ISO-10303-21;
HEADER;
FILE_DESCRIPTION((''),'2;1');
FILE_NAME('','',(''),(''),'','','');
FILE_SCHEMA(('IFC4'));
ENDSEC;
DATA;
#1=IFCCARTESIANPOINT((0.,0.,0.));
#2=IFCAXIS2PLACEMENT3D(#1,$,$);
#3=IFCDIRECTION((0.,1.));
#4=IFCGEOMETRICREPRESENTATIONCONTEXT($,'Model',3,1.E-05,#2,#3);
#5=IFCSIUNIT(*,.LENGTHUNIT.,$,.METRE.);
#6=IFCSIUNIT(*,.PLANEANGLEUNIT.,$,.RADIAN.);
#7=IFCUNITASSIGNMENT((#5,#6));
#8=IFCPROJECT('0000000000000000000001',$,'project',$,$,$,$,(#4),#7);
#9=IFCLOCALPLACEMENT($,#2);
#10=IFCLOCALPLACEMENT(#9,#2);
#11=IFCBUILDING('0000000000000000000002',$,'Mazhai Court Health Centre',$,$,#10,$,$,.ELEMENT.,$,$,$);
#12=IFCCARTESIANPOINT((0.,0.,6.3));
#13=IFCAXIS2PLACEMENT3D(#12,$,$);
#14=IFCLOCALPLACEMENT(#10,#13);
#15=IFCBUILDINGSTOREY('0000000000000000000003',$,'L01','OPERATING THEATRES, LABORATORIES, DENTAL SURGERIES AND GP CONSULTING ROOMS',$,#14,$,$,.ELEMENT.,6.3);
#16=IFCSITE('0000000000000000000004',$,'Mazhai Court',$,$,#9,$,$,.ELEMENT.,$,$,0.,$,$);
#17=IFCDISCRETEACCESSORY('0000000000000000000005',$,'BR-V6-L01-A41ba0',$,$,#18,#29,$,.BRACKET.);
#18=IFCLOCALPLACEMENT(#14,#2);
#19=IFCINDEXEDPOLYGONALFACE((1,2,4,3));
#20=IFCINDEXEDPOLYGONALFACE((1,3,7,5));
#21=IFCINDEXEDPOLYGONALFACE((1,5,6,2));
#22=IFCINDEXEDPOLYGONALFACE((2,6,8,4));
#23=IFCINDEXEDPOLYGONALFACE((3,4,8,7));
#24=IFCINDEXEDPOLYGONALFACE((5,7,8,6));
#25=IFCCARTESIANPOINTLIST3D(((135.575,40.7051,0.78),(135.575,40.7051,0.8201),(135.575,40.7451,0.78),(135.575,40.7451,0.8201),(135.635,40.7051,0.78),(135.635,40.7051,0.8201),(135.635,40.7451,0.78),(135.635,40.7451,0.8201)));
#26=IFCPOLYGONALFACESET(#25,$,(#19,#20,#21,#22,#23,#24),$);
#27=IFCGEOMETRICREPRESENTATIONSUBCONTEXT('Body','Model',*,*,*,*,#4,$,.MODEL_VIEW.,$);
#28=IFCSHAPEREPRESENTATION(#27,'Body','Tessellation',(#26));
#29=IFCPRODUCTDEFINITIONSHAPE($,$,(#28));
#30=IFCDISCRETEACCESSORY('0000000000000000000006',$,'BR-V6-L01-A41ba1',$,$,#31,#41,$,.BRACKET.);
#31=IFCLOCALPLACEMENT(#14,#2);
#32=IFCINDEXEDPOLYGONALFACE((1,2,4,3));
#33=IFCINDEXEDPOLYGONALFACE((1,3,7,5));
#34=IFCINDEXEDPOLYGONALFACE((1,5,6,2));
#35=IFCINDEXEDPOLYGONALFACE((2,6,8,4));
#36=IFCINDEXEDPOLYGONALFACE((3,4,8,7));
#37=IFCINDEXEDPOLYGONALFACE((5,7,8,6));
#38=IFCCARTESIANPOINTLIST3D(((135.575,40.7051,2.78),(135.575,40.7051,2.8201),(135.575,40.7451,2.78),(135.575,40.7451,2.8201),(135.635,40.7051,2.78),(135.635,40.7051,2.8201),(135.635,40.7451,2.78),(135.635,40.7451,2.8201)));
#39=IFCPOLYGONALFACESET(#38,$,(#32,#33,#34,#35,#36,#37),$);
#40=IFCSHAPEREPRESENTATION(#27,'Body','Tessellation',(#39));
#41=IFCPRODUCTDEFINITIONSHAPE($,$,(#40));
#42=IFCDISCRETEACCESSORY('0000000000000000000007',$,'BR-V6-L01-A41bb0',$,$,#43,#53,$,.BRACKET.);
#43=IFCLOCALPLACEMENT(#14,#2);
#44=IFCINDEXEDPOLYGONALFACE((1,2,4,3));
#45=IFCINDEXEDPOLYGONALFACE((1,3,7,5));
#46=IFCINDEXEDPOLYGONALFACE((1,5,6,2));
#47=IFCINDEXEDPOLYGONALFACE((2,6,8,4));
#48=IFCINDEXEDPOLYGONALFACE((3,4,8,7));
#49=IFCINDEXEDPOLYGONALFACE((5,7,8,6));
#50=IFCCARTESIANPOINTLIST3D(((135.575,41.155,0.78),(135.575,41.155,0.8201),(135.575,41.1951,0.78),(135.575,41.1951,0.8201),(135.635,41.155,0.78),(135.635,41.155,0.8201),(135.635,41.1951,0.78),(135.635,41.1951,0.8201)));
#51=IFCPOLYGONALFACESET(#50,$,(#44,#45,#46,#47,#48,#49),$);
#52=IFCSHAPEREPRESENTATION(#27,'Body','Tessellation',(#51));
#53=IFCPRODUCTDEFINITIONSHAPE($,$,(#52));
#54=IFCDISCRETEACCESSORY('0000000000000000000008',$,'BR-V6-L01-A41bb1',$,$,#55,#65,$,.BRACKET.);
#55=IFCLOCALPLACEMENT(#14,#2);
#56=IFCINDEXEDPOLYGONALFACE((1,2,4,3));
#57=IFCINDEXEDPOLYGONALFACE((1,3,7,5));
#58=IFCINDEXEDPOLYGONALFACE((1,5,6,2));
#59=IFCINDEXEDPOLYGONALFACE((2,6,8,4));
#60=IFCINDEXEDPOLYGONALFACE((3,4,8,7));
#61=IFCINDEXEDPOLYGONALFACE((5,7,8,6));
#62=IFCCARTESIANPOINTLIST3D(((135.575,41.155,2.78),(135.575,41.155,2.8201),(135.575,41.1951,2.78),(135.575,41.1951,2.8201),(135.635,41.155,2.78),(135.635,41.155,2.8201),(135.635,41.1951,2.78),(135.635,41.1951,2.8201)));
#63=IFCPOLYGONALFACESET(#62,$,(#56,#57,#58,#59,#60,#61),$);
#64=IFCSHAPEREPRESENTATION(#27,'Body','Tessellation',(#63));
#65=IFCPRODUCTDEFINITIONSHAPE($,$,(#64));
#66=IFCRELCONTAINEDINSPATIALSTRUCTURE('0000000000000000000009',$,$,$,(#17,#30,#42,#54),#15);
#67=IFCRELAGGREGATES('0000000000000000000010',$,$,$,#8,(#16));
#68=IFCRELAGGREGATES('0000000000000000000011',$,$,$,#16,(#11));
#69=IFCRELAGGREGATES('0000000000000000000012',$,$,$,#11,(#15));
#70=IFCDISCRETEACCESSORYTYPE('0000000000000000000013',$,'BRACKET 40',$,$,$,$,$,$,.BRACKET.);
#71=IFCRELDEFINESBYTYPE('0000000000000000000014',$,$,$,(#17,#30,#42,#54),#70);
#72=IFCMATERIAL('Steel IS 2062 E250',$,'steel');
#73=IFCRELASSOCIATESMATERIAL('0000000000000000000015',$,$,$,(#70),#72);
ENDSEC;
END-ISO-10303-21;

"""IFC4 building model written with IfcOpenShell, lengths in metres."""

from ifc_helpers import new_model, si_unit, direction, frame, origin, origin_2d, place, context, subcontext, project, spatial, rectangle, extrude, material, type_object, element, save


model = new_model("IFC4")

# Units and contexts
model_context = context("Model", 3, precision=1e-05, world=origin(), true_north=direction((0.0, 1.0)))
body_context = subcontext(model_context, "Body", "Model", "MODEL_VIEW")
ifc_project = project(units=[si_unit("LENGTHUNIT", "METRE"), si_unit("PLANEANGLEUNIT", "RADIAN")], contexts=[model_context])

# Site, building, storey
site_placement = place(None, origin())
site = spatial("IfcSite", under=ifc_project, at=site_placement, Name="Mazhai Court", CompositionType="ELEMENT", RefElevation=0.0)
building_placement = place(site_placement, origin())
building = spatial("IfcBuilding", under=site, at=building_placement, Name="Mazhai Court Health Centre", CompositionType="ELEMENT")
storey_placement = place(building_placement, frame((0.0, 0.0, 6.3)))
storey = spatial("IfcBuildingStorey", under=building, at=storey_placement, Name="L01", Description="OPERATING THEATRES, LABORATORIES, DENTAL SURGERIES AND GP CONSULTING ROOMS", CompositionType="ELEMENT", Elevation=6.3)

# Discrete accessories
ifc_material_1 = material(Name="Steel IS 2062 E250", Category="steel")
discrete_accessory_type = type_object("IfcDiscreteAccessoryType", Name="BRACKET 40", PredefinedType="BRACKET", material=ifc_material_1)
for number, where, z_axis, x_axis, name in (
    (1, (135.605, 40.7251, 0.78), (0.0, 0.0, 1.0), (0.0, 1.0, 0.0), "BR-V6-L01-A41ba0"),
    (2, (135.605, 40.7251, 2.78), (0.0, 0.0, 1.0), (0.0, 1.0, 0.0), "BR-V6-L01-A41ba1"),
    (3, (135.605, 41.175, 0.78), (0.0, 0.0, 1.0), (0.0, 1.0, 0.0), "BR-V6-L01-A41bb0"),
    (4, (135.605, 41.175, 2.78), (0.0, 0.0, 1.0), (0.0, 1.0, 0.0), "BR-V6-L01-A41bb1"),
):
    element("IfcDiscreteAccessory", number, at=place(storey_placement, frame(where, z_axis=z_axis, x_axis=x_axis)), inside=storey, type_object=discrete_accessory_type, Name=name, PredefinedType="BRACKET", context=body_context, shape_type="SweptSolid", body=[
        extrude(rectangle(XDim=0.04, YDim=0.0601, at=origin_2d()), origin(), (0.0, 0.0, 1.0), 0.04),
    ])

save(model, "model.ifc")
